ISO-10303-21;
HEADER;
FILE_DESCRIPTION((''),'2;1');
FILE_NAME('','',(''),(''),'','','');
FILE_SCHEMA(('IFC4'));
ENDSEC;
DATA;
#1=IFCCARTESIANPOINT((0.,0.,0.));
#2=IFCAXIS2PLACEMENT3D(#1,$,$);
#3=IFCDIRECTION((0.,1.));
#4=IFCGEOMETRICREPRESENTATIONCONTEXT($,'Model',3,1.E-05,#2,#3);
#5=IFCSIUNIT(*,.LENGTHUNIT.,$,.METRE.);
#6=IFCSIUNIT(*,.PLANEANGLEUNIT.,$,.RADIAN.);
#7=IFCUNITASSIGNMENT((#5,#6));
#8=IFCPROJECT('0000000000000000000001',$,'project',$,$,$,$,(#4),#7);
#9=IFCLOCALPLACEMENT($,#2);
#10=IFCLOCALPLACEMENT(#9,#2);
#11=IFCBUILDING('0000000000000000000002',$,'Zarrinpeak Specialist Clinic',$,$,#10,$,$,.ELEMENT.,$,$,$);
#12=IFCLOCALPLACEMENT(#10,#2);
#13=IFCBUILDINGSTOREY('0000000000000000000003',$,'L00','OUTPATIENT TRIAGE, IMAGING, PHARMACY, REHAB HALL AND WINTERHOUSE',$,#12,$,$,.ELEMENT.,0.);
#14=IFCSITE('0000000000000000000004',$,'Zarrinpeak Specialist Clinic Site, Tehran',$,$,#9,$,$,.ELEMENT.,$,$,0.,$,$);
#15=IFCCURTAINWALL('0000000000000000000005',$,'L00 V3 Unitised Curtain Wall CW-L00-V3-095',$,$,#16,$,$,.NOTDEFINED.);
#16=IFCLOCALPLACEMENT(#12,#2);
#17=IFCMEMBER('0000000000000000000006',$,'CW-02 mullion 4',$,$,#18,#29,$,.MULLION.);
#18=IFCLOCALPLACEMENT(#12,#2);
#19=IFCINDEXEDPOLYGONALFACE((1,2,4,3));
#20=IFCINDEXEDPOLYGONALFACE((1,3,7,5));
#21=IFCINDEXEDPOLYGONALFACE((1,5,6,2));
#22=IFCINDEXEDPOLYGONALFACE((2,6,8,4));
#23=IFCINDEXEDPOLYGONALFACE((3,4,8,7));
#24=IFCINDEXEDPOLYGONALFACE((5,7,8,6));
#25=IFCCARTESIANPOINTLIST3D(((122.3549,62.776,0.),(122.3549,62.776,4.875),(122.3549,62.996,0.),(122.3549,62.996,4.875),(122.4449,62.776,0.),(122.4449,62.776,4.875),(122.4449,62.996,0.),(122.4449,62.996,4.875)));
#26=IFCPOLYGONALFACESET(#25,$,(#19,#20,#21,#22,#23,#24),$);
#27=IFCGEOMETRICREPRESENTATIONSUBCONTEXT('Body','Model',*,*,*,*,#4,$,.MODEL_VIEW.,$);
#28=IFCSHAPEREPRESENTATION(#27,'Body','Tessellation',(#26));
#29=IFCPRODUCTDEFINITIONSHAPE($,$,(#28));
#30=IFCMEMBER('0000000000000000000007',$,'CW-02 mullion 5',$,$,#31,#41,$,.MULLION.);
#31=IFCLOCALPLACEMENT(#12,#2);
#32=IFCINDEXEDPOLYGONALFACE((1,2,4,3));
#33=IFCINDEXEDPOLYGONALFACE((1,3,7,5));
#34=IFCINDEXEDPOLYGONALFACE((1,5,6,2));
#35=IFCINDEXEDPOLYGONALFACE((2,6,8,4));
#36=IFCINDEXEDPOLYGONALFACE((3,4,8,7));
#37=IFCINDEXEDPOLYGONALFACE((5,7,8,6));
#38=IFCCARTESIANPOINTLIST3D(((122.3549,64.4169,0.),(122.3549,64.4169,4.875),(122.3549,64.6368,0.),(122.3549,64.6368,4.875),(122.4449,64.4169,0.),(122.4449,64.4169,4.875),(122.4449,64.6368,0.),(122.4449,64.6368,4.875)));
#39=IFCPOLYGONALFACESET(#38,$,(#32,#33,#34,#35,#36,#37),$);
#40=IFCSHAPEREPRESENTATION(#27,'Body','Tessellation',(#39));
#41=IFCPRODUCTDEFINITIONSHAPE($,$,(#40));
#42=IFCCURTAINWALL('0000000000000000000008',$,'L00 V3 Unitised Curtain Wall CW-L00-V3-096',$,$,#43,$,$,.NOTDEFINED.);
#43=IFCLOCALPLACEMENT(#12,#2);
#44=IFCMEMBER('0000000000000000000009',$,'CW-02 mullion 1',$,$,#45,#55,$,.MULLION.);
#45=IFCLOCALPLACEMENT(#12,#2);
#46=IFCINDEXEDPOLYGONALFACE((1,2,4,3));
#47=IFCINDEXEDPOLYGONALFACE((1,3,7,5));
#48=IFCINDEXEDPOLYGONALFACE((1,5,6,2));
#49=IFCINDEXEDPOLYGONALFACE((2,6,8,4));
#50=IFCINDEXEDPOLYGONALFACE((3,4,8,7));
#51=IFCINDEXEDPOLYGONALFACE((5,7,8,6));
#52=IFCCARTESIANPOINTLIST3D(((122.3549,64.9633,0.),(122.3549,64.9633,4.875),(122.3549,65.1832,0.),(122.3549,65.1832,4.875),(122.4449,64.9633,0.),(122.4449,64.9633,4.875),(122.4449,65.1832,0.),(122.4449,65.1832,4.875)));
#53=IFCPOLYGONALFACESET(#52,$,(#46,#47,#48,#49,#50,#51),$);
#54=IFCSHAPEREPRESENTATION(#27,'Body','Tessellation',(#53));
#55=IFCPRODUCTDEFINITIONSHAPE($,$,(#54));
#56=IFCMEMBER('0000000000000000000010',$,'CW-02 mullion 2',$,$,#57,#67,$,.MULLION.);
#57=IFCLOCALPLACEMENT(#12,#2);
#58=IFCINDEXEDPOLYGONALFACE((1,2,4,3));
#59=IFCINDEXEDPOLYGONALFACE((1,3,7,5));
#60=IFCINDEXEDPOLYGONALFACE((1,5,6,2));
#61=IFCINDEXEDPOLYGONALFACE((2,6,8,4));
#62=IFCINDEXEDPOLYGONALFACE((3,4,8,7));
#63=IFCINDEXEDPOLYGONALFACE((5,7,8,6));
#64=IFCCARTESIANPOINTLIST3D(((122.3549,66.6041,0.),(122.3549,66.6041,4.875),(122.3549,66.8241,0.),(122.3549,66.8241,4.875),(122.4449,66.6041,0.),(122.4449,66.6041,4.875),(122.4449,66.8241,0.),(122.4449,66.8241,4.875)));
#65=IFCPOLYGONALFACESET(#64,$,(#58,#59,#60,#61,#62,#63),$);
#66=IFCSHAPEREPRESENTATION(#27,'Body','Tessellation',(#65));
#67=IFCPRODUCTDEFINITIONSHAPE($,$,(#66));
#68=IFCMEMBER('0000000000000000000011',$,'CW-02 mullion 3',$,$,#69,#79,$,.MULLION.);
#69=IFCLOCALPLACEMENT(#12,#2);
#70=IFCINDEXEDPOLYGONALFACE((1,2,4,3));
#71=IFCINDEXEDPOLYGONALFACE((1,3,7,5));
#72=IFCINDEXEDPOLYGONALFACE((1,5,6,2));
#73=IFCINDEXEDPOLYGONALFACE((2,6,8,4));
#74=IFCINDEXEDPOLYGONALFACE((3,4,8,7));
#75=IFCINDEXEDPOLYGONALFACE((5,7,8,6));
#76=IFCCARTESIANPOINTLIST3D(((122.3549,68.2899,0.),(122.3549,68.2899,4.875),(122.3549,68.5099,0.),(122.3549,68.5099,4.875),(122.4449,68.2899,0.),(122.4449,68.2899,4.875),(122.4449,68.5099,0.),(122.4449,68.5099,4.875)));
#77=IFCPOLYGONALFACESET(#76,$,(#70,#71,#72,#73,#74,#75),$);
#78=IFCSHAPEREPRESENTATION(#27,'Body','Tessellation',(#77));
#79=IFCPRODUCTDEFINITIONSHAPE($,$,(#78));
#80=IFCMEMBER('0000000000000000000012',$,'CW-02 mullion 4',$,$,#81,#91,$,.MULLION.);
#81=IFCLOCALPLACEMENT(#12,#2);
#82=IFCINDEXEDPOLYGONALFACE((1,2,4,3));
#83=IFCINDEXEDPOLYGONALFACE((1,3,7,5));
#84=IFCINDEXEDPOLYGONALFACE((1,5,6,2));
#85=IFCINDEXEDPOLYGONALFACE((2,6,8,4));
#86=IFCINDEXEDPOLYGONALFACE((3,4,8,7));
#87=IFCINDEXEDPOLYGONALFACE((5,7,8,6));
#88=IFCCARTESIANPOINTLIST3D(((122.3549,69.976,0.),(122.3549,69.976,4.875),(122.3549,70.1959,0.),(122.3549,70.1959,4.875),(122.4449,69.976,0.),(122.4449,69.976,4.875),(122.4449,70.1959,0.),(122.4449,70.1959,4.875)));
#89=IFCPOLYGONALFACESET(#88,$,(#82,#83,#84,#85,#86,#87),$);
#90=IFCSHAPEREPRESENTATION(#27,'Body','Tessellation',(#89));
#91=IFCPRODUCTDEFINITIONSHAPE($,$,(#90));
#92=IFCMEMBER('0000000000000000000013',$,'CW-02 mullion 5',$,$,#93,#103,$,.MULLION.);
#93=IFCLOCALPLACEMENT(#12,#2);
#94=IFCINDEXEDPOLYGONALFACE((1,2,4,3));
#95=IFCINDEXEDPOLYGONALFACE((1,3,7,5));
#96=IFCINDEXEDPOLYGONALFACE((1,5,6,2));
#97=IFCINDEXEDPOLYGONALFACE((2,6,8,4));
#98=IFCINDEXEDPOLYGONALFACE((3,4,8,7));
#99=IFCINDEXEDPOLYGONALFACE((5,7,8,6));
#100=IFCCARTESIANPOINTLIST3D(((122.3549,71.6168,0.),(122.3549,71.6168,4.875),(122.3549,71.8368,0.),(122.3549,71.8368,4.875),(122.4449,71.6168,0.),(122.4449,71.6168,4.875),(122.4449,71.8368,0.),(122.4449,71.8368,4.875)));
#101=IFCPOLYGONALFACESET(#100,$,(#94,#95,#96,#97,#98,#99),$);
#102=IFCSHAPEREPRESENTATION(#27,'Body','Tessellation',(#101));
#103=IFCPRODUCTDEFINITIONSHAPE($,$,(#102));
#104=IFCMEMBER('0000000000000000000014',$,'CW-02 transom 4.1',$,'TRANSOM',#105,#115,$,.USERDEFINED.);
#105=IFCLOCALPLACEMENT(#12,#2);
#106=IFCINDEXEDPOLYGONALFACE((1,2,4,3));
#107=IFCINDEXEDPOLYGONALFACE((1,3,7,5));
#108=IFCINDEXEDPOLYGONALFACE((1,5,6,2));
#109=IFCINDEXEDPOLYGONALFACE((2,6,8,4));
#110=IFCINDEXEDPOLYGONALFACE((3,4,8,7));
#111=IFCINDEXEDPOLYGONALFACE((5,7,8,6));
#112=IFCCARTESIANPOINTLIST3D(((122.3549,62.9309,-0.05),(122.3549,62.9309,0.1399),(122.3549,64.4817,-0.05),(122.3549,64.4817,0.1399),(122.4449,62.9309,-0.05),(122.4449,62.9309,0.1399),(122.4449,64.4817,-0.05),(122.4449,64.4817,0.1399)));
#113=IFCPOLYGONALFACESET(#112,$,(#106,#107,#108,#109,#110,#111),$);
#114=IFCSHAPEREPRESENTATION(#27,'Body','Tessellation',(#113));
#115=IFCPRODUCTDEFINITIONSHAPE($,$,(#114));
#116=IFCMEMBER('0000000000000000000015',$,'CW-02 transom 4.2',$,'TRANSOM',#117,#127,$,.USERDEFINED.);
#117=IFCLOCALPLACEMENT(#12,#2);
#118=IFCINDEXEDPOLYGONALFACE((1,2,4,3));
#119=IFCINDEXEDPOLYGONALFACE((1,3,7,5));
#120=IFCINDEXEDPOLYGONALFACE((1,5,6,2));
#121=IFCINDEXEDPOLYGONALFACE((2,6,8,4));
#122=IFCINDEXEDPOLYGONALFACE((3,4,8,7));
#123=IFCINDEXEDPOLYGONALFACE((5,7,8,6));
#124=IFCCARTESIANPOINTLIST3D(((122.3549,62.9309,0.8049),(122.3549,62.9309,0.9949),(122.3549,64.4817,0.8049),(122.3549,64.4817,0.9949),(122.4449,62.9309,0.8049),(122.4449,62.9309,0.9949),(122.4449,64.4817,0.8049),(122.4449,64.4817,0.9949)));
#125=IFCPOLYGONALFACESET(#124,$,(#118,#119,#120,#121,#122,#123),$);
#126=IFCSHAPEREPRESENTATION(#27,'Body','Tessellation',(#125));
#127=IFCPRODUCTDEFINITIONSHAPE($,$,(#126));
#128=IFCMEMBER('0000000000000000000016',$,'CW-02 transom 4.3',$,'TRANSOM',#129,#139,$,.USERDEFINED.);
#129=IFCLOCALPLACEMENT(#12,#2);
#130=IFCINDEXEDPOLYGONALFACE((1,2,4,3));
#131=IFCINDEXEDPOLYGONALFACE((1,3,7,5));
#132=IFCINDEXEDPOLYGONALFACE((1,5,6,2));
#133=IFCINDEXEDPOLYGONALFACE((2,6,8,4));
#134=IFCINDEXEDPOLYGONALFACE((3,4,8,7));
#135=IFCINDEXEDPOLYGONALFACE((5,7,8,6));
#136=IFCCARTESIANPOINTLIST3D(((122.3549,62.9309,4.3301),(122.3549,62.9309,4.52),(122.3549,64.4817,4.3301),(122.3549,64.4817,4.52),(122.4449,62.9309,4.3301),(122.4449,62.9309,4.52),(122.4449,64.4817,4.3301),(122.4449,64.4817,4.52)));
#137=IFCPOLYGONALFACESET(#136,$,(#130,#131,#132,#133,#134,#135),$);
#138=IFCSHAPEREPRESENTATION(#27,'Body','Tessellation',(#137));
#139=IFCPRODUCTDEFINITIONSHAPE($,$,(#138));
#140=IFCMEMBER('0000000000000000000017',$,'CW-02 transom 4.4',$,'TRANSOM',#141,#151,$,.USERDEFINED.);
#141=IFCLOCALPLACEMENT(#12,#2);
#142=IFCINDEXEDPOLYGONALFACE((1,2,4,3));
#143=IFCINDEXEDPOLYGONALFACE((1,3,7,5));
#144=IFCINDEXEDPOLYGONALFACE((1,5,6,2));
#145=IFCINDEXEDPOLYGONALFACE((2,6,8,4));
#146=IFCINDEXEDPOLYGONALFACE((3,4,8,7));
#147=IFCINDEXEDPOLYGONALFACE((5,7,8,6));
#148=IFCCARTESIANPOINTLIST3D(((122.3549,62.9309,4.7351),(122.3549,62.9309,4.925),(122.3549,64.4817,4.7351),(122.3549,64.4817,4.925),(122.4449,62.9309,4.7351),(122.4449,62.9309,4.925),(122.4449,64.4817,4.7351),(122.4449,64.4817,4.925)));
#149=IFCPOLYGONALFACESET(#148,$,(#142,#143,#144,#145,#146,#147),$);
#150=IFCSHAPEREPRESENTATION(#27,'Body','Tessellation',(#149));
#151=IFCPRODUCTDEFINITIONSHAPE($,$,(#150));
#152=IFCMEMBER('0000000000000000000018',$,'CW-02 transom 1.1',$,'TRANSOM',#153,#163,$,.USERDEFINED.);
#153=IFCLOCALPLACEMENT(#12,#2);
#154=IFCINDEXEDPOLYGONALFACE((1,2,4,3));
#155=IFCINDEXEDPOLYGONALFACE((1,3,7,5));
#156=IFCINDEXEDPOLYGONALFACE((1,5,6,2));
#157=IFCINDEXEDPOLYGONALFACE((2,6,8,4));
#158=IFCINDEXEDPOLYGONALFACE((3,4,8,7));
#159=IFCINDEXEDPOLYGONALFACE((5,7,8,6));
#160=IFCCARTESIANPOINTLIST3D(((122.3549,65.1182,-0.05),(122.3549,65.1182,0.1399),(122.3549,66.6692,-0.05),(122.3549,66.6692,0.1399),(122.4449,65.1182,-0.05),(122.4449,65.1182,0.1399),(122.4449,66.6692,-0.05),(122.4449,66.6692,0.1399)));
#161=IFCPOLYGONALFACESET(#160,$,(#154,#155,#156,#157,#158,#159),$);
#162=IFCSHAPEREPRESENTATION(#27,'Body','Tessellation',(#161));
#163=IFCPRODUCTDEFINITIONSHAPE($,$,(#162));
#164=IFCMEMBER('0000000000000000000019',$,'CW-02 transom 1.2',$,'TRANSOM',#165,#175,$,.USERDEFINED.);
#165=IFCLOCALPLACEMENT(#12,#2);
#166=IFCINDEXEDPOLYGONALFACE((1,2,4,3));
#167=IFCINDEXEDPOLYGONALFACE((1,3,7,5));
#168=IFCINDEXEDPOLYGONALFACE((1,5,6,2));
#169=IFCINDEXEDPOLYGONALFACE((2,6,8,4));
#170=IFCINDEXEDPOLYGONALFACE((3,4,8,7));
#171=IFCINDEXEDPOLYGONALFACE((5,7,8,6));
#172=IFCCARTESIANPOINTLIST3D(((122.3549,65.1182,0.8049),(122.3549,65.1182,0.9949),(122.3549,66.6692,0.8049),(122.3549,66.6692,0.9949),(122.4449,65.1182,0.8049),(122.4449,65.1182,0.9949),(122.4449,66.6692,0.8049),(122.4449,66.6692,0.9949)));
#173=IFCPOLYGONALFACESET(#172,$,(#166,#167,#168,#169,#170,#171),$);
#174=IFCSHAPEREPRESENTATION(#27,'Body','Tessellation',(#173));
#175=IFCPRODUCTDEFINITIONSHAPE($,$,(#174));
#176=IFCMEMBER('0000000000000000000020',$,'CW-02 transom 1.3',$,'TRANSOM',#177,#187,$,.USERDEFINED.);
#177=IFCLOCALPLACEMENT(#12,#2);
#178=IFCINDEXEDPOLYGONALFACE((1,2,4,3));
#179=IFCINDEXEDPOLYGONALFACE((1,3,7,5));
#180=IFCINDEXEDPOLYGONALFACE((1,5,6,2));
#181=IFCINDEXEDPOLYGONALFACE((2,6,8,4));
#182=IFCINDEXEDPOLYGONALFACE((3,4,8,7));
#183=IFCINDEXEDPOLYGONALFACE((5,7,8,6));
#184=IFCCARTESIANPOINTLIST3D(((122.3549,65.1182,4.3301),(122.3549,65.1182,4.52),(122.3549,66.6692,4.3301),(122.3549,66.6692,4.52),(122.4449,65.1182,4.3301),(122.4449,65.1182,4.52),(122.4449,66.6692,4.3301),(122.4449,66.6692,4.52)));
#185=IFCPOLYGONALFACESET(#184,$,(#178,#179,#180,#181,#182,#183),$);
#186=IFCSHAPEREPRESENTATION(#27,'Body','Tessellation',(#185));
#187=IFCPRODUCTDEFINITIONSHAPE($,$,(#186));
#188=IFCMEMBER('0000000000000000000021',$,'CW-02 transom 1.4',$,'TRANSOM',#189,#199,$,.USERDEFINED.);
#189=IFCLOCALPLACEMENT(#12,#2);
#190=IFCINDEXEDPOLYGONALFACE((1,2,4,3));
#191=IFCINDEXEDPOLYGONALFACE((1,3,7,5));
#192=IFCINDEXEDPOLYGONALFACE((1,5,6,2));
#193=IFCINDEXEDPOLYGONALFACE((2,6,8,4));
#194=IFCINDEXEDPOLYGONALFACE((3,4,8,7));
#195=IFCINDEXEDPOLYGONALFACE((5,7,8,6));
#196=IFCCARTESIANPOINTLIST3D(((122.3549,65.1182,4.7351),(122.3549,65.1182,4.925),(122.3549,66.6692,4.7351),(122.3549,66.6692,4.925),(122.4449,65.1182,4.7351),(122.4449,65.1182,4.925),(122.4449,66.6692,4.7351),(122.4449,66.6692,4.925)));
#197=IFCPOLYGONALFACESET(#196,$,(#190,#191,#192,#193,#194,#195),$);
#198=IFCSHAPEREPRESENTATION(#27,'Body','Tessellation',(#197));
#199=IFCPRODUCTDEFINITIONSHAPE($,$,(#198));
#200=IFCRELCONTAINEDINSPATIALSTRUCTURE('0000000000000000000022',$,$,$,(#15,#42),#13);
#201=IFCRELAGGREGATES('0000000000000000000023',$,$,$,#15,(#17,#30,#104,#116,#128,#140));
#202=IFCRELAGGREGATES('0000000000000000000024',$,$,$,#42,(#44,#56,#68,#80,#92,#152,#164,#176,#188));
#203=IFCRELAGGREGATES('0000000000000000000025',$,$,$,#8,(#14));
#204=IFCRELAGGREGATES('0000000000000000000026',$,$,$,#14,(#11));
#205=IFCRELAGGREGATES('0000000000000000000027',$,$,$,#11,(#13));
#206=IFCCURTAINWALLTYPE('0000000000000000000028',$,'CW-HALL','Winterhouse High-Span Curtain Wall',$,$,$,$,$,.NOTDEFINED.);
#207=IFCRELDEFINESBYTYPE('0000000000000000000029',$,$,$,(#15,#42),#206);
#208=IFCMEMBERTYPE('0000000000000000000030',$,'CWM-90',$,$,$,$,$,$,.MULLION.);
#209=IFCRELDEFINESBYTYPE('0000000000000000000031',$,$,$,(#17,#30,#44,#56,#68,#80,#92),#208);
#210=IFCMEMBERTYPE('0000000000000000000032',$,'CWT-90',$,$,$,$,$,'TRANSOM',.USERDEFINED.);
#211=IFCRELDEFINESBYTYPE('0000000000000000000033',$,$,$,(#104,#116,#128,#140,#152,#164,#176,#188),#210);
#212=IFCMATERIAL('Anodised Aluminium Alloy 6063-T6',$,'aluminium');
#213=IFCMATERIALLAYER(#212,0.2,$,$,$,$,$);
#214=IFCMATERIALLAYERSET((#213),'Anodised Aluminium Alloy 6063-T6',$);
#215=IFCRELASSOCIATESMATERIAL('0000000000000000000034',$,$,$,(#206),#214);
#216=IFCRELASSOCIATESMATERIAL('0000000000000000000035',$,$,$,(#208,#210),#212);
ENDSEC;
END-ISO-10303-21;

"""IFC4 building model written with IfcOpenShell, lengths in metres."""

from ifc_helpers import new_model, si_unit, direction, frame, origin, origin_2d, place, context, subcontext, project, spatial, rectangle, extrude, material, layer, layer_set, material_profile, profile_set, type_object, element, aggregate, save


model = new_model("IFC4")

# Units and contexts
model_context = context("Model", 3, precision=1e-05, world=origin(), true_north=direction((0.0, 1.0)))
body_context = subcontext(model_context, "Body", "Model", "MODEL_VIEW")
ifc_project = project(units=[si_unit("LENGTHUNIT", "METRE"), si_unit("PLANEANGLEUNIT", "RADIAN")], contexts=[model_context])

# Site, building, storey
site_placement = place(None, origin())
site = spatial("IfcSite", under=ifc_project, at=site_placement, Name="Zarrinpeak Specialist Clinic Site, Tehran", CompositionType="ELEMENT", RefElevation=0.0)
building_placement = place(site_placement, origin())
building = spatial("IfcBuilding", under=site, at=building_placement, Name="Zarrinpeak Specialist Clinic", CompositionType="ELEMENT")
storey_placement = place(building_placement, origin())
storey = spatial("IfcBuildingStorey", under=building, at=storey_placement, Name="L00", Description="OUTPATIENT TRIAGE, IMAGING, PHARMACY, REHAB HALL AND WINTERHOUSE", CompositionType="ELEMENT", Elevation=0.0)

# Curtain walls, members
ifc_material_1 = material(Name="Anodised Aluminium Alloy 6063-T6", Category="aluminium")
ifc_layer_1 = layer(ifc_material_1, 0.2)
ifc_layer_set_1 = layer_set([ifc_layer_1], Name="Anodised Aluminium Alloy 6063-T6")
curtain_wall_type = type_object("IfcCurtainWallType", Name="CW-HALL", Description="Winterhouse High-Span Curtain Wall", PredefinedType="NOTDEFINED", material=ifc_layer_set_1)
curtain_wall_1_placement = place(storey_placement, origin())
curtain_wall_1 = element("IfcCurtainWall", 1, at=curtain_wall_1_placement, inside=storey, type_object=curtain_wall_type, Name="L00 V3 Unitised Curtain Wall CW-L00-V3-095", PredefinedType="NOTDEFINED")
ifc_material_profile_1 = material_profile(ifc_material_1, rectangle(XDim=0.0901, YDim=0.22, at=origin_2d()), Name="ALU 90x220")
ifc_profile_set_1 = profile_set([ifc_material_profile_1], Name="Anodised Aluminium Alloy 6063-T6")
member_type_1 = type_object("IfcMemberType", Name="CWM-90", PredefinedType="MULLION", material=ifc_profile_set_1)
member_1_placement = place(storey_placement, frame((122.3999, 62.886, 0.0), z_axis=(0.0, 0.0, 1.0), x_axis=(-1.0, 0.0, 0.0)))
member_1 = element("IfcMember", 2, at=member_1_placement, type_object=member_type_1, Name="CW-02 mullion 4", PredefinedType="MULLION", context=body_context, shape_type="SweptSolid", body=[
    extrude(rectangle(XDim=0.0901, YDim=0.22, at=origin_2d()), origin(), (0.0, 0.0, 1.0), 4.875),
])
member_2_placement = place(storey_placement, frame((122.3999, 64.5269, 0.0), z_axis=(0.0, 0.0, 1.0), x_axis=(-1.0, 0.0, 0.0)))
member_2 = element("IfcMember", 3, at=member_2_placement, type_object=member_type_1, Name="CW-02 mullion 5", PredefinedType="MULLION", context=body_context, shape_type="SweptSolid", body=[
    extrude(rectangle(XDim=0.0901, YDim=0.22, at=origin_2d()), origin(), (0.0, 0.0, 1.0), 4.875),
])
curtain_wall_2_placement = place(storey_placement, origin())
curtain_wall_2 = element("IfcCurtainWall", 4, at=curtain_wall_2_placement, inside=storey, type_object=curtain_wall_type, Name="L00 V3 Unitised Curtain Wall CW-L00-V3-096", PredefinedType="NOTDEFINED")
member_3_placement = place(storey_placement, frame((122.3999, 65.0732, 0.0), z_axis=(0.0, 0.0, 1.0), x_axis=(-1.0, 0.0, 0.0)))
member_3 = element("IfcMember", 5, at=member_3_placement, type_object=member_type_1, Name="CW-02 mullion 1", PredefinedType="MULLION", context=body_context, shape_type="SweptSolid", body=[
    extrude(rectangle(XDim=0.0901, YDim=0.22, at=origin_2d()), origin(), (0.0, 0.0, 1.0), 4.875),
])
member_4_placement = place(storey_placement, frame((122.3999, 66.7141, 0.0), z_axis=(0.0, 0.0, 1.0), x_axis=(-1.0, 0.0, 0.0)))
member_4 = element("IfcMember", 6, at=member_4_placement, type_object=member_type_1, Name="CW-02 mullion 2", PredefinedType="MULLION", context=body_context, shape_type="SweptSolid", body=[
    extrude(rectangle(XDim=0.0901, YDim=0.22, at=origin_2d()), origin(), (0.0, 0.0, 1.0), 4.875),
])
member_5_placement = place(storey_placement, frame((122.3999, 68.3999, 0.0), z_axis=(0.0, 0.0, 1.0), x_axis=(-1.0, 0.0, 0.0)))
member_5 = element("IfcMember", 7, at=member_5_placement, type_object=member_type_1, Name="CW-02 mullion 3", PredefinedType="MULLION", context=body_context, shape_type="SweptSolid", body=[
    extrude(rectangle(XDim=0.0901, YDim=0.22, at=origin_2d()), origin(), (0.0, 0.0, 1.0), 4.875),
])
member_6_placement = place(storey_placement, frame((122.3999, 70.0859, 0.0), z_axis=(0.0, 0.0, 1.0), x_axis=(-1.0, 0.0, 0.0)))
member_6 = element("IfcMember", 8, at=member_6_placement, type_object=member_type_1, Name="CW-02 mullion 4", PredefinedType="MULLION", context=body_context, shape_type="SweptSolid", body=[
    extrude(rectangle(XDim=0.0901, YDim=0.22, at=origin_2d()), origin(), (0.0, 0.0, 1.0), 4.875),
])
member_7_placement = place(storey_placement, frame((122.3999, 71.7268, 0.0), z_axis=(0.0, 0.0, 1.0), x_axis=(-1.0, 0.0, 0.0)))
member_7 = element("IfcMember", 9, at=member_7_placement, type_object=member_type_1, Name="CW-02 mullion 5", PredefinedType="MULLION", context=body_context, shape_type="SweptSolid", body=[
    extrude(rectangle(XDim=0.0901, YDim=0.22, at=origin_2d()), origin(), (0.0, 0.0, 1.0), 4.875),
])

# Members
ifc_material_profile_2 = material_profile(ifc_material_1, rectangle(XDim=0.0901, YDim=0.1899, at=origin_2d()), Name="ALU 90x190")
ifc_profile_set_2 = profile_set([ifc_material_profile_2], Name="Anodised Aluminium Alloy 6063-T6")
member_type_2 = type_object("IfcMemberType", Name="CWT-90", ElementType="TRANSOM", PredefinedType="USERDEFINED", material=ifc_profile_set_2)
member_8_placement = place(storey_placement, frame((122.3999, 62.9309, 0.0449), z_axis=(0.0, 1.0, 0.0), x_axis=(-1.0, 0.0, 0.0)))
member_8 = element("IfcMember", 10, at=member_8_placement, type_object=member_type_2, Name="CW-02 transom 4.1", ObjectType="TRANSOM", PredefinedType="USERDEFINED", context=body_context, shape_type="SweptSolid", body=[
    extrude(rectangle(XDim=0.0901, YDim=0.1899, at=origin_2d()), origin(), (0.0, 0.0, 1.0), 1.5508),
])
member_9_placement = place(storey_placement, frame((122.3999, 62.9309, 0.8999), z_axis=(0.0, 1.0, 0.0), x_axis=(-1.0, 0.0, 0.0)))
member_9 = element("IfcMember", 11, at=member_9_placement, type_object=member_type_2, Name="CW-02 transom 4.2", ObjectType="TRANSOM", PredefinedType="USERDEFINED", context=body_context, shape_type="SweptSolid", body=[
    extrude(rectangle(XDim=0.0901, YDim=0.1899, at=origin_2d()), origin(), (0.0, 0.0, 1.0), 1.5508),
])
member_10_placement = place(storey_placement, frame((122.3999, 62.9309, 4.425), z_axis=(0.0, 1.0, 0.0), x_axis=(-1.0, 0.0, 0.0)))
member_10 = element("IfcMember", 12, at=member_10_placement, type_object=member_type_2, Name="CW-02 transom 4.3", ObjectType="TRANSOM", PredefinedType="USERDEFINED", context=body_context, shape_type="SweptSolid", body=[
    extrude(rectangle(XDim=0.0901, YDim=0.1899, at=origin_2d()), origin(), (0.0, 0.0, 1.0), 1.5508),
])
member_11_placement = place(storey_placement, frame((122.3999, 62.9309, 4.8301), z_axis=(0.0, 1.0, 0.0), x_axis=(-1.0, 0.0, 0.0)))
member_11 = element("IfcMember", 13, at=member_11_placement, type_object=member_type_2, Name="CW-02 transom 4.4", ObjectType="TRANSOM", PredefinedType="USERDEFINED", context=body_context, shape_type="SweptSolid", body=[
    extrude(rectangle(XDim=0.0901, YDim=0.1899, at=origin_2d()), origin(), (0.0, 0.0, 1.0), 1.5508),
])
member_12_placement = place(storey_placement, frame((122.3999, 65.1182, 0.0449), z_axis=(0.0, 1.0, 0.0), x_axis=(-1.0, 0.0, 0.0)))
member_12 = element("IfcMember", 14, at=member_12_placement, type_object=member_type_2, Name="CW-02 transom 1.1", ObjectType="TRANSOM", PredefinedType="USERDEFINED", context=body_context, shape_type="SweptSolid", body=[
    extrude(rectangle(XDim=0.0901, YDim=0.1899, at=origin_2d()), origin(), (0.0, 0.0, 1.0), 1.551),
])
member_13_placement = place(storey_placement, frame((122.3999, 65.1182, 0.8999), z_axis=(0.0, 1.0, 0.0), x_axis=(-1.0, 0.0, 0.0)))
member_13 = element("IfcMember", 15, at=member_13_placement, type_object=member_type_2, Name="CW-02 transom 1.2", ObjectType="TRANSOM", PredefinedType="USERDEFINED", context=body_context, shape_type="SweptSolid", body=[
    extrude(rectangle(XDim=0.0901, YDim=0.1899, at=origin_2d()), origin(), (0.0, 0.0, 1.0), 1.551),
])
member_14_placement = place(storey_placement, frame((122.3999, 65.1182, 4.425), z_axis=(0.0, 1.0, 0.0), x_axis=(-1.0, 0.0, 0.0)))
member_14 = element("IfcMember", 16, at=member_14_placement, type_object=member_type_2, Name="CW-02 transom 1.3", ObjectType="TRANSOM", PredefinedType="USERDEFINED", context=body_context, shape_type="SweptSolid", body=[
    extrude(rectangle(XDim=0.0901, YDim=0.1899, at=origin_2d()), origin(), (0.0, 0.0, 1.0), 1.551),
])
member_15_placement = place(storey_placement, frame((122.3999, 65.1182, 4.8301), z_axis=(0.0, 1.0, 0.0), x_axis=(-1.0, 0.0, 0.0)))
member_15 = element("IfcMember", 17, at=member_15_placement, type_object=member_type_2, Name="CW-02 transom 1.4", ObjectType="TRANSOM", PredefinedType="USERDEFINED", context=body_context, shape_type="SweptSolid", body=[
    extrude(rectangle(XDim=0.0901, YDim=0.1899, at=origin_2d()), origin(), (0.0, 0.0, 1.0), 1.551),
])

aggregate(curtain_wall_1, [member_1, member_2, member_8, member_9, member_10, member_11])
aggregate(curtain_wall_2, [member_3, member_4, member_5, member_6, member_7, member_12, member_13, member_14, member_15])

save(model, "model.ifc")
